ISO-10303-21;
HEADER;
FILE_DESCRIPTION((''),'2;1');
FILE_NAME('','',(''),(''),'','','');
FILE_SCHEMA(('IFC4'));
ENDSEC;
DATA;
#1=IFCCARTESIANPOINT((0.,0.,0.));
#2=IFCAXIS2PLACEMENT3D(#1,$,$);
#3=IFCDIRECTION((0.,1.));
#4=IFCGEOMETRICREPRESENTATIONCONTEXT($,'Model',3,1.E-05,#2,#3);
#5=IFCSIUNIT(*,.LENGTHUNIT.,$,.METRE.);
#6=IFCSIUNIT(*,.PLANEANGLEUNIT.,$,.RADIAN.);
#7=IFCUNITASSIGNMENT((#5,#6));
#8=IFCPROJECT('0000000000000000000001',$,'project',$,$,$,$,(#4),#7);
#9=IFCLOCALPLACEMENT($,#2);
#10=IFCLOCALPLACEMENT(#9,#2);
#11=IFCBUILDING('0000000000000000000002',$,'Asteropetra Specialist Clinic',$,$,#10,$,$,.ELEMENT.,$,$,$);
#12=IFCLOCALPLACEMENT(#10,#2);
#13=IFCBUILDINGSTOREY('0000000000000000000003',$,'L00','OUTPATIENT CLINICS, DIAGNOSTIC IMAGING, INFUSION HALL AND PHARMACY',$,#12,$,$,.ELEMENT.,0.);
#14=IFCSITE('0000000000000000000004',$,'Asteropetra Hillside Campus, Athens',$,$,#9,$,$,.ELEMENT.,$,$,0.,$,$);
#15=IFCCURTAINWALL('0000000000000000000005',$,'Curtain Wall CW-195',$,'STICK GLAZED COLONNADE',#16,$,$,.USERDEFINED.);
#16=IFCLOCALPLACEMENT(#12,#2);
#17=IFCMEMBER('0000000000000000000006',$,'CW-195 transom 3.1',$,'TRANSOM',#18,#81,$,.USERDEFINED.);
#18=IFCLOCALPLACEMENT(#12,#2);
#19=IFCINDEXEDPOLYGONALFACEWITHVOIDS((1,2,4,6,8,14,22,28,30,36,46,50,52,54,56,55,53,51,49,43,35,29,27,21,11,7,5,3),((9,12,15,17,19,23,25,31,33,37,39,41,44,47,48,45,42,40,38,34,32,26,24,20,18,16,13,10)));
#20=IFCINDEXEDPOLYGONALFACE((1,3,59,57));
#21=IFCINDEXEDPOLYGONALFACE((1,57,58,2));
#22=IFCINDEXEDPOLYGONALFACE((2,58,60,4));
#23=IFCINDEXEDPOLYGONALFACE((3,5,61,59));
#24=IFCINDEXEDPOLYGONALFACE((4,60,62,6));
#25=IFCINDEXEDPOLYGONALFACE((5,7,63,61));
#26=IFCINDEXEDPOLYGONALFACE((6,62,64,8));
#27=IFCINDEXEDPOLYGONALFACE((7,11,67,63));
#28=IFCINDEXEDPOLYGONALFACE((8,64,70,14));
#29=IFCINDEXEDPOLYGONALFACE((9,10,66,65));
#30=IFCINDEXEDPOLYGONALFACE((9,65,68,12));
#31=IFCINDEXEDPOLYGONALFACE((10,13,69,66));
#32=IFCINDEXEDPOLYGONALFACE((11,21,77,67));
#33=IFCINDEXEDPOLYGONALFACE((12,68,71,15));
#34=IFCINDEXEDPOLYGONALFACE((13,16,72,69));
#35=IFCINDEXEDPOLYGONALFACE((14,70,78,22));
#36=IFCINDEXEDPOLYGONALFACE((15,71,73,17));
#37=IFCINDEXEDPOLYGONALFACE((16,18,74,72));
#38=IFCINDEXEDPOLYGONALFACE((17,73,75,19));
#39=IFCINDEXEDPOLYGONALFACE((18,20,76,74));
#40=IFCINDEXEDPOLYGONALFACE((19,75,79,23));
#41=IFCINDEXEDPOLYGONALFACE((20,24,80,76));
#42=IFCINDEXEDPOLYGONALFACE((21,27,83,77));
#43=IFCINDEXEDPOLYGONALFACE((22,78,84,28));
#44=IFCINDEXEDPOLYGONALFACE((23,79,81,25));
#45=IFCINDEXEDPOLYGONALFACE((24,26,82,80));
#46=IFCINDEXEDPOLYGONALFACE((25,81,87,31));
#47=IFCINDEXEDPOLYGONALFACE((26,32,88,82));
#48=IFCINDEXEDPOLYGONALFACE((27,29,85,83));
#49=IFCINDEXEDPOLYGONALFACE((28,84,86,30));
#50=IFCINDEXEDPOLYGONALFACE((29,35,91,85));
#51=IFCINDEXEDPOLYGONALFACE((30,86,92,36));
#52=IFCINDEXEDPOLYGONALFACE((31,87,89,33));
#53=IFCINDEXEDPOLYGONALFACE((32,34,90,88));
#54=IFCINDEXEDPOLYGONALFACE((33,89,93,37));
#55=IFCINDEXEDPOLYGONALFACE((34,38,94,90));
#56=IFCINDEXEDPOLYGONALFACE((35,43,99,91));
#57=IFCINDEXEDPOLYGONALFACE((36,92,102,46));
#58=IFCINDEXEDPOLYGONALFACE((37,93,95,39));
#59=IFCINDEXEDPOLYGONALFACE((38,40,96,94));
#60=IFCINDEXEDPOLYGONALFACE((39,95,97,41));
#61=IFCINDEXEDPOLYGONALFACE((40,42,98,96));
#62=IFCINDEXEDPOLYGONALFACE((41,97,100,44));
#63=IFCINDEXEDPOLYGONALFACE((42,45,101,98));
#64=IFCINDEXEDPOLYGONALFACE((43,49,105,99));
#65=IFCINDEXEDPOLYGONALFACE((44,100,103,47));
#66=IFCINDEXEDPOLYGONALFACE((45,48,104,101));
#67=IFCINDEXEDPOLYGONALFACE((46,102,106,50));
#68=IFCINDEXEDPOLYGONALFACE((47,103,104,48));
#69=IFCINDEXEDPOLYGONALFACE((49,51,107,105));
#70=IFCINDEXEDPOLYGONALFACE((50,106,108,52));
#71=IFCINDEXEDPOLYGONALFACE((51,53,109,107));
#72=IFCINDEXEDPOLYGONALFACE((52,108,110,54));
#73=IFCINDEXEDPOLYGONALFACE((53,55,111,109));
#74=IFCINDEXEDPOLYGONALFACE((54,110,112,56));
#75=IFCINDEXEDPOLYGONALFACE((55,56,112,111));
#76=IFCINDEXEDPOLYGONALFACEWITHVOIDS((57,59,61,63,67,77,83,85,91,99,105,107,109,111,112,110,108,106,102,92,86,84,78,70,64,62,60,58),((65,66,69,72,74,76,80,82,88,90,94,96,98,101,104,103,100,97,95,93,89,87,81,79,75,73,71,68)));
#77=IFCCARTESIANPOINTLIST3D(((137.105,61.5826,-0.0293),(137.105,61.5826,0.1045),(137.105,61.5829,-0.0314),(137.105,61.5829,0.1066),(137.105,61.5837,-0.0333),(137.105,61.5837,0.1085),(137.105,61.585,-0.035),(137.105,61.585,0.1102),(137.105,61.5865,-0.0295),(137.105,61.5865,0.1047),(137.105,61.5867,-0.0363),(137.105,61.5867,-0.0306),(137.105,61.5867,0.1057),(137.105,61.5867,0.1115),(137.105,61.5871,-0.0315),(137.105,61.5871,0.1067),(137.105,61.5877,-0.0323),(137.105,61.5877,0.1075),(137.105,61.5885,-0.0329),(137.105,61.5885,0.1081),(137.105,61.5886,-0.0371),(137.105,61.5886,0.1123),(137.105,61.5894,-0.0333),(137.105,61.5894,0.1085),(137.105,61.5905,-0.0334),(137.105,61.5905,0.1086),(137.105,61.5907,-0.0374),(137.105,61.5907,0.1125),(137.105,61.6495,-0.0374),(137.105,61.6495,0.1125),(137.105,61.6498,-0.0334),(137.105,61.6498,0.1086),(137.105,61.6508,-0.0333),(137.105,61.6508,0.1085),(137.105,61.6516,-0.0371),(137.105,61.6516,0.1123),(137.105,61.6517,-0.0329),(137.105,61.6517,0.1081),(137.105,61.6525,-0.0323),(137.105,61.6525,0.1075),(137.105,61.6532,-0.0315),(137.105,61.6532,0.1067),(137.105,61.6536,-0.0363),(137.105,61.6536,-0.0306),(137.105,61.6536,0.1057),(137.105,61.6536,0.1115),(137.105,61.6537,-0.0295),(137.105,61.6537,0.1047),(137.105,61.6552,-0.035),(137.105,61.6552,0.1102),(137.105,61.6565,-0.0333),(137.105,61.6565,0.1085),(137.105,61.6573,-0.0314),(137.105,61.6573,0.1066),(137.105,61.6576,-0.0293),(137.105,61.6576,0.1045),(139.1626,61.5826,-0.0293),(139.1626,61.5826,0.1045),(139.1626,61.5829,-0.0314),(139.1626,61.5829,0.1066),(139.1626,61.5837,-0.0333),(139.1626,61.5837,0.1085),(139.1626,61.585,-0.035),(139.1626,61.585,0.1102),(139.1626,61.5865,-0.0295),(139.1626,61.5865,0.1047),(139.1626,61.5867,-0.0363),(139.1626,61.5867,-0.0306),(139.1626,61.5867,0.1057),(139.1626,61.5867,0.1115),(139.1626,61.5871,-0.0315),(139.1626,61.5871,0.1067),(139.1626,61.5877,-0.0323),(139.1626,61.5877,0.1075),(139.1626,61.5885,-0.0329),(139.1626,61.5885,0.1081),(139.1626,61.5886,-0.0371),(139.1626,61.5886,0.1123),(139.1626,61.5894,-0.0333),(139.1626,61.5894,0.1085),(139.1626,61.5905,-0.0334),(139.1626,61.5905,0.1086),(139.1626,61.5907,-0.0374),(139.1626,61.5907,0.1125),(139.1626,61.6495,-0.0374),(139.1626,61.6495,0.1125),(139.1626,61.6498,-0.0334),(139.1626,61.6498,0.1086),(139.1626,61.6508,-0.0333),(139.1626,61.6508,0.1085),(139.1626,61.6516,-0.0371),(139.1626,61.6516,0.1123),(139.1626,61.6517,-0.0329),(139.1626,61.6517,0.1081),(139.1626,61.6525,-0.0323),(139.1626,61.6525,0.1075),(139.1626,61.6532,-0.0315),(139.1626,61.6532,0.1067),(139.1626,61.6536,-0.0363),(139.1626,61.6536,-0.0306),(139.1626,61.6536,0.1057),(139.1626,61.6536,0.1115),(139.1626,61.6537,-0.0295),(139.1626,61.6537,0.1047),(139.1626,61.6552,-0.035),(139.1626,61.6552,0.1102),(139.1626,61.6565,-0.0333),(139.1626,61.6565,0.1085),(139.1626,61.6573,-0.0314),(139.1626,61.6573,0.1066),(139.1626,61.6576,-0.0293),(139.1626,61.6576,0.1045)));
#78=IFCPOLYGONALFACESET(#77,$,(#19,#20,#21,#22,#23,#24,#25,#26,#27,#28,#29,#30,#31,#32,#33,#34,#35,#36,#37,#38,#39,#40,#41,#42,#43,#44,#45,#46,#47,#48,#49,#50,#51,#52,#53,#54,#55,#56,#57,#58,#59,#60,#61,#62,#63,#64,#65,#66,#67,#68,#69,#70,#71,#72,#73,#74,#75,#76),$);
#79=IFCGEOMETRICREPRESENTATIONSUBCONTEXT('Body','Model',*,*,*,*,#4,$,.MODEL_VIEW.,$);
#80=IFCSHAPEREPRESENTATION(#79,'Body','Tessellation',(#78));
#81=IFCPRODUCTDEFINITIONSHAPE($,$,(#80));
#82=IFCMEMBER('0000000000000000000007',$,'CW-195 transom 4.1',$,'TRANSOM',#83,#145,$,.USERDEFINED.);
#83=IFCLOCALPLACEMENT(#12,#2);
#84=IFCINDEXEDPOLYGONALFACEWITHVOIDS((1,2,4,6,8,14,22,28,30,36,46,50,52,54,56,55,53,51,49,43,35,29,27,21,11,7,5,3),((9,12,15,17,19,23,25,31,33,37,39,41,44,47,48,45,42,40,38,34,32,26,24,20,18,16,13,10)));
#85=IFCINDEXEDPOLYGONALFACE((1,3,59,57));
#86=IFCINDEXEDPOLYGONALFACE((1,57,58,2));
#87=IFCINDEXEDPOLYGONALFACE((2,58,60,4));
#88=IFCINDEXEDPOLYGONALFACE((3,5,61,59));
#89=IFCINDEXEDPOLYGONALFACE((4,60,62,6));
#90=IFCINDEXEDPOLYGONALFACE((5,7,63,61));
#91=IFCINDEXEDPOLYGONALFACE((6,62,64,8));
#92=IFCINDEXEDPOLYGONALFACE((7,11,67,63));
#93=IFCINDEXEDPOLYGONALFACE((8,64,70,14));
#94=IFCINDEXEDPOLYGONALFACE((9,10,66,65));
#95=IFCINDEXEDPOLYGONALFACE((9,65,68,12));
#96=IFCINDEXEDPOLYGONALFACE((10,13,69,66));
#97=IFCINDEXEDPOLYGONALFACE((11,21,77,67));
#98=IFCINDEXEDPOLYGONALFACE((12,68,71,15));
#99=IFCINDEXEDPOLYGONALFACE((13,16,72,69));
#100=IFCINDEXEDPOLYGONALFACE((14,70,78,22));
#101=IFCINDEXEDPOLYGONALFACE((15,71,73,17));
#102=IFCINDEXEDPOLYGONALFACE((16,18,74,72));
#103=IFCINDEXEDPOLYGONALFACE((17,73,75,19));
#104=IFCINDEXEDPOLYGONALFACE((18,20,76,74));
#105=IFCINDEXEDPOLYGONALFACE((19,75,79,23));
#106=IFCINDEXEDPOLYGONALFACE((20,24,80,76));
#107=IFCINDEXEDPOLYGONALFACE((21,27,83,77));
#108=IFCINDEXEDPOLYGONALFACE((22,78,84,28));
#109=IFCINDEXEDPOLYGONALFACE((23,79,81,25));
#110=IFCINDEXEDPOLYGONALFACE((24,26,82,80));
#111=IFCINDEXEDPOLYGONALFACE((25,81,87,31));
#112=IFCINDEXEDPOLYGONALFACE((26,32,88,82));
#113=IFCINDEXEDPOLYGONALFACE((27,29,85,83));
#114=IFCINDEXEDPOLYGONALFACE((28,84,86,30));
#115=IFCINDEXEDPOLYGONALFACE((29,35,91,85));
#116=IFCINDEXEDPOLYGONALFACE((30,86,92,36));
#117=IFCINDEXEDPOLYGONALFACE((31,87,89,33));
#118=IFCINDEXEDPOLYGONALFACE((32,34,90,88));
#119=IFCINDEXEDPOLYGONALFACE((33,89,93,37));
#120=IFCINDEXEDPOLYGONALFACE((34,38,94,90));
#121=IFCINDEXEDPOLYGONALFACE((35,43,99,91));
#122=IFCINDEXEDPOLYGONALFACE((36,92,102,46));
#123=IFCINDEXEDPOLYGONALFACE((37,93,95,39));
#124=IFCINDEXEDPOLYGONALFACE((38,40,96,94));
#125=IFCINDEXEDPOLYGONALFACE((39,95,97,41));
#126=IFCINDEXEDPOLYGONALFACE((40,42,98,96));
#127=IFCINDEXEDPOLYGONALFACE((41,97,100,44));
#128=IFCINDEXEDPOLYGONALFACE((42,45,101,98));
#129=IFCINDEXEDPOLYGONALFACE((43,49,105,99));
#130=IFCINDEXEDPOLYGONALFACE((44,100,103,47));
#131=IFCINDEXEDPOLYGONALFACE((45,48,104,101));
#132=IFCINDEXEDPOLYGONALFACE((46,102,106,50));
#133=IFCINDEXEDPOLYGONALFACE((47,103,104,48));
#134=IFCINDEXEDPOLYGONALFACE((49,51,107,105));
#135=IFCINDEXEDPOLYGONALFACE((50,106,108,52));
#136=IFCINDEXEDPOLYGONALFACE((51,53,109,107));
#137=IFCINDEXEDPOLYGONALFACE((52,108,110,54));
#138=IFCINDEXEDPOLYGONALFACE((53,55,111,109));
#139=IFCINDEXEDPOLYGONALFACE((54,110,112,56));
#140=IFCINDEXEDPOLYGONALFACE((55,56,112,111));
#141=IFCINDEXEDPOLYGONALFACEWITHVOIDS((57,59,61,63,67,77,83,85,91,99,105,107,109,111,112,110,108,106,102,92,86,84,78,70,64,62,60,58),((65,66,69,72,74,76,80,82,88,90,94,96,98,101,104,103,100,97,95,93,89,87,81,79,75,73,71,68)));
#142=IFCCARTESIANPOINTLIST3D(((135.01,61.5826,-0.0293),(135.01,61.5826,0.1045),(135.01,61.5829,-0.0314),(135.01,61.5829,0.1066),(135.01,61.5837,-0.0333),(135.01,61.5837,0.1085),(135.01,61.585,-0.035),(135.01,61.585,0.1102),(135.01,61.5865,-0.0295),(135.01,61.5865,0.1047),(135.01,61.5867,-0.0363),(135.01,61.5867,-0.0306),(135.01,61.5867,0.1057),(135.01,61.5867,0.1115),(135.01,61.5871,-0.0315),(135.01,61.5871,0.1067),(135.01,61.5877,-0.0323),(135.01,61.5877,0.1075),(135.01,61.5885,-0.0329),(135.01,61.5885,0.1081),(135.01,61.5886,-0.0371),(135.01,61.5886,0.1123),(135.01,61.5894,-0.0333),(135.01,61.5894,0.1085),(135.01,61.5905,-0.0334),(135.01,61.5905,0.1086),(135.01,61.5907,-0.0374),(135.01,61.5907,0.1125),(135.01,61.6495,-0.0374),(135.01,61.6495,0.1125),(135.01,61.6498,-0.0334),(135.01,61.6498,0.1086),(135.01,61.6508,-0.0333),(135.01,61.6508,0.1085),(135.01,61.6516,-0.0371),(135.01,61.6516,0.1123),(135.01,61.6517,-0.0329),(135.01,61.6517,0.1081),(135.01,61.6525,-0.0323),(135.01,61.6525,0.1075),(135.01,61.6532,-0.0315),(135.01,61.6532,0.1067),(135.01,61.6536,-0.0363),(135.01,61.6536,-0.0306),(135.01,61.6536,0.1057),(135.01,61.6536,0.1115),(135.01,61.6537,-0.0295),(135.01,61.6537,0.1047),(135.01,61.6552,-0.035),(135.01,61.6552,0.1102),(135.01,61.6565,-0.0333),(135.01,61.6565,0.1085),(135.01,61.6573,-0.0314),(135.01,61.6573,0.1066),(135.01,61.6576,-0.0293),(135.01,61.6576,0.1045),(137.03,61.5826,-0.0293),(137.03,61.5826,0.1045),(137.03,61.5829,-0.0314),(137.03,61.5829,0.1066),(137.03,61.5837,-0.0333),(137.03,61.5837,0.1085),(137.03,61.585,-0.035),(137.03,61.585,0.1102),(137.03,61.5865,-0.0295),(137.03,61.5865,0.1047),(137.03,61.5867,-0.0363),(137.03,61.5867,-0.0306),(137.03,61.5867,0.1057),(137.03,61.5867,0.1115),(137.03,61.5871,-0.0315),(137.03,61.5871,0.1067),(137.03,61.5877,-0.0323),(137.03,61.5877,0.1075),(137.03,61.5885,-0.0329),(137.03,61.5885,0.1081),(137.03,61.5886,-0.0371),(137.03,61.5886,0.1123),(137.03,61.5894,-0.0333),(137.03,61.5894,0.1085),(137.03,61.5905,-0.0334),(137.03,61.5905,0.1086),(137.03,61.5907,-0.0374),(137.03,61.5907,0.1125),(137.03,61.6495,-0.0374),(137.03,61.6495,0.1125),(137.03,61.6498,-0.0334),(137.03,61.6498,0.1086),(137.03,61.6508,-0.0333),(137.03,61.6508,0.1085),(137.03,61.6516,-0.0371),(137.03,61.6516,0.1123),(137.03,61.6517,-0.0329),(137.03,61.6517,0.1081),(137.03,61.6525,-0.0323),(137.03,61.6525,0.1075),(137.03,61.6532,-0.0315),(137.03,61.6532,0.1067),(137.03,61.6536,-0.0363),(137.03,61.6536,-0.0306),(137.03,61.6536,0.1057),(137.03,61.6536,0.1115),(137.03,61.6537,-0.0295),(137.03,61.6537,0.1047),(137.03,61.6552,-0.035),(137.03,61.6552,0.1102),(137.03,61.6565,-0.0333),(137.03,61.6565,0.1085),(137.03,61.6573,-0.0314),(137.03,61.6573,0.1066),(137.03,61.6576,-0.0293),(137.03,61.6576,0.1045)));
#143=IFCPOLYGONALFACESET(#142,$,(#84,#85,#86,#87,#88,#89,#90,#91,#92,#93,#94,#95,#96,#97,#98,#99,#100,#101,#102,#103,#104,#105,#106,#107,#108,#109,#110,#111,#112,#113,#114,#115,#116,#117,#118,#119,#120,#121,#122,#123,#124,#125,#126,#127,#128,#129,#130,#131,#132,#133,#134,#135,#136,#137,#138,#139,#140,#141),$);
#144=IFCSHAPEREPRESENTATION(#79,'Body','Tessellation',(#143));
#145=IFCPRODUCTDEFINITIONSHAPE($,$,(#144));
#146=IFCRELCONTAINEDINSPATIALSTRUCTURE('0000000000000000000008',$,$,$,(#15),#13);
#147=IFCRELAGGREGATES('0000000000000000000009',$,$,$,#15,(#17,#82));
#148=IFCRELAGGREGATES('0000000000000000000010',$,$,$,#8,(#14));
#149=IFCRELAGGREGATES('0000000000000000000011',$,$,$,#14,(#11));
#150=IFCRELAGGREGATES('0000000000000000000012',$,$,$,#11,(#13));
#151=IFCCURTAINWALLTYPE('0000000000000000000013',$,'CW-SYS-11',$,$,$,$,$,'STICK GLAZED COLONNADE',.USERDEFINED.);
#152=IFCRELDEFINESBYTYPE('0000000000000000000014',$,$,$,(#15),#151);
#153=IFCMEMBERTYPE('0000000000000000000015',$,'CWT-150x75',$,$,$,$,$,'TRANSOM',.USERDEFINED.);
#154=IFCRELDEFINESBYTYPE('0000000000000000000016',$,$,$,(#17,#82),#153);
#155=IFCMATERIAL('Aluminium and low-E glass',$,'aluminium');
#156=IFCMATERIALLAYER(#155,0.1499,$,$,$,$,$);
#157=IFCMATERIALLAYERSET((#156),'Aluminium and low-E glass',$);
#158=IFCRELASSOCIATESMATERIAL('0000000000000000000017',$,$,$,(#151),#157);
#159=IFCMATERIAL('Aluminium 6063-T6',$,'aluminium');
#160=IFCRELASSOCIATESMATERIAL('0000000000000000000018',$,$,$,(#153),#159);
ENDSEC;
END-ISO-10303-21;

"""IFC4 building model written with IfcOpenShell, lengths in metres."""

from ifc_helpers import new_model, si_unit, direction, frame, origin, origin_2d, place, context, subcontext, project, spatial, hollow_rectangle, extrude, material, layer, layer_set, material_profile, profile_set, type_object, element, aggregate, save


model = new_model("IFC4")

# Units and contexts
model_context = context("Model", 3, precision=1e-05, world=origin(), true_north=direction((0.0, 1.0)))
body_context = subcontext(model_context, "Body", "Model", "MODEL_VIEW")
ifc_project = project(units=[si_unit("LENGTHUNIT", "METRE"), si_unit("PLANEANGLEUNIT", "RADIAN")], contexts=[model_context])

# Site, building, storey
site_placement = place(None, origin())
site = spatial("IfcSite", under=ifc_project, at=site_placement, Name="Asteropetra Hillside Campus, Athens", CompositionType="ELEMENT", RefElevation=0.0)
building_placement = place(site_placement, origin())
building = spatial("IfcBuilding", under=site, at=building_placement, Name="Asteropetra Specialist Clinic", CompositionType="ELEMENT")
storey_placement = place(building_placement, origin())
storey = spatial("IfcBuildingStorey", under=building, at=storey_placement, Name="L00", Description="OUTPATIENT CLINICS, DIAGNOSTIC IMAGING, INFUSION HALL AND PHARMACY", CompositionType="ELEMENT", Elevation=0.0)

# Curtain wall
ifc_material_1 = material(Name="Aluminium and low-E glass", Category="aluminium")
ifc_layer_1 = layer(ifc_material_1, 0.1499)
ifc_layer_set_1 = layer_set([ifc_layer_1], Name="Aluminium and low-E glass")
curtain_wall_type_1 = type_object("IfcCurtainWallType", Name="CW-SYS-11", ElementType="STICK GLAZED COLONNADE", PredefinedType="USERDEFINED", material=ifc_layer_set_1)
curtain_wall_1_placement = place(storey_placement, origin())
curtain_wall_1 = element("IfcCurtainWall", 1, at=curtain_wall_1_placement, inside=storey, type_object=curtain_wall_type_1, Name="Curtain Wall CW-195", ObjectType="STICK GLAZED COLONNADE", PredefinedType="USERDEFINED")

# Members
ifc_material_2 = material(Name="Aluminium 6063-T6", Category="aluminium")
ifc_material_profile_1 = material_profile(ifc_material_2, hollow_rectangle(XDim=0.075, YDim=0.1499, WallThickness=0.0039, InnerFilletRadius=0.0039, OuterFilletRadius=0.0081, at=origin_2d()), Name="TRN 150x75x4.0")
ifc_profile_set_1 = profile_set([ifc_material_profile_1], Name="Aluminium 6063-T6")
member_type_1 = type_object("IfcMemberType", Name="CWT-150x75", ElementType="TRANSOM", PredefinedType="USERDEFINED", material=ifc_profile_set_1)
member_1_placement = place(storey_placement, frame((139.1626, 61.6201, 0.0376), z_axis=(-1.0, 0.0, 0.0), x_axis=(0.0, -1.0, 0.0)))
member_1 = element("IfcMember", 2, at=member_1_placement, type_object=member_type_1, Name="CW-195 transom 3.1", ObjectType="TRANSOM", PredefinedType="USERDEFINED", context=body_context, shape_type="SweptSolid", body=[
    extrude(hollow_rectangle(XDim=0.075, YDim=0.1499, WallThickness=0.0039, InnerFilletRadius=0.0039, OuterFilletRadius=0.0081, at=origin_2d()), origin(), (0.0, 0.0, 1.0), 2.0576),
])
member_2_placement = place(storey_placement, frame((137.03, 61.6201, 0.0376), z_axis=(-1.0, 0.0, 0.0), x_axis=(0.0, -1.0, 0.0)))
member_2 = element("IfcMember", 3, at=member_2_placement, type_object=member_type_1, Name="CW-195 transom 4.1", ObjectType="TRANSOM", PredefinedType="USERDEFINED", context=body_context, shape_type="SweptSolid", body=[
    extrude(hollow_rectangle(XDim=0.075, YDim=0.1499, WallThickness=0.0039, InnerFilletRadius=0.0039, OuterFilletRadius=0.0081, at=origin_2d()), origin(), (0.0, 0.0, 1.0), 2.02),
])

aggregate(curtain_wall_1, [member_1, member_2])

save(model, "model.ifc")
